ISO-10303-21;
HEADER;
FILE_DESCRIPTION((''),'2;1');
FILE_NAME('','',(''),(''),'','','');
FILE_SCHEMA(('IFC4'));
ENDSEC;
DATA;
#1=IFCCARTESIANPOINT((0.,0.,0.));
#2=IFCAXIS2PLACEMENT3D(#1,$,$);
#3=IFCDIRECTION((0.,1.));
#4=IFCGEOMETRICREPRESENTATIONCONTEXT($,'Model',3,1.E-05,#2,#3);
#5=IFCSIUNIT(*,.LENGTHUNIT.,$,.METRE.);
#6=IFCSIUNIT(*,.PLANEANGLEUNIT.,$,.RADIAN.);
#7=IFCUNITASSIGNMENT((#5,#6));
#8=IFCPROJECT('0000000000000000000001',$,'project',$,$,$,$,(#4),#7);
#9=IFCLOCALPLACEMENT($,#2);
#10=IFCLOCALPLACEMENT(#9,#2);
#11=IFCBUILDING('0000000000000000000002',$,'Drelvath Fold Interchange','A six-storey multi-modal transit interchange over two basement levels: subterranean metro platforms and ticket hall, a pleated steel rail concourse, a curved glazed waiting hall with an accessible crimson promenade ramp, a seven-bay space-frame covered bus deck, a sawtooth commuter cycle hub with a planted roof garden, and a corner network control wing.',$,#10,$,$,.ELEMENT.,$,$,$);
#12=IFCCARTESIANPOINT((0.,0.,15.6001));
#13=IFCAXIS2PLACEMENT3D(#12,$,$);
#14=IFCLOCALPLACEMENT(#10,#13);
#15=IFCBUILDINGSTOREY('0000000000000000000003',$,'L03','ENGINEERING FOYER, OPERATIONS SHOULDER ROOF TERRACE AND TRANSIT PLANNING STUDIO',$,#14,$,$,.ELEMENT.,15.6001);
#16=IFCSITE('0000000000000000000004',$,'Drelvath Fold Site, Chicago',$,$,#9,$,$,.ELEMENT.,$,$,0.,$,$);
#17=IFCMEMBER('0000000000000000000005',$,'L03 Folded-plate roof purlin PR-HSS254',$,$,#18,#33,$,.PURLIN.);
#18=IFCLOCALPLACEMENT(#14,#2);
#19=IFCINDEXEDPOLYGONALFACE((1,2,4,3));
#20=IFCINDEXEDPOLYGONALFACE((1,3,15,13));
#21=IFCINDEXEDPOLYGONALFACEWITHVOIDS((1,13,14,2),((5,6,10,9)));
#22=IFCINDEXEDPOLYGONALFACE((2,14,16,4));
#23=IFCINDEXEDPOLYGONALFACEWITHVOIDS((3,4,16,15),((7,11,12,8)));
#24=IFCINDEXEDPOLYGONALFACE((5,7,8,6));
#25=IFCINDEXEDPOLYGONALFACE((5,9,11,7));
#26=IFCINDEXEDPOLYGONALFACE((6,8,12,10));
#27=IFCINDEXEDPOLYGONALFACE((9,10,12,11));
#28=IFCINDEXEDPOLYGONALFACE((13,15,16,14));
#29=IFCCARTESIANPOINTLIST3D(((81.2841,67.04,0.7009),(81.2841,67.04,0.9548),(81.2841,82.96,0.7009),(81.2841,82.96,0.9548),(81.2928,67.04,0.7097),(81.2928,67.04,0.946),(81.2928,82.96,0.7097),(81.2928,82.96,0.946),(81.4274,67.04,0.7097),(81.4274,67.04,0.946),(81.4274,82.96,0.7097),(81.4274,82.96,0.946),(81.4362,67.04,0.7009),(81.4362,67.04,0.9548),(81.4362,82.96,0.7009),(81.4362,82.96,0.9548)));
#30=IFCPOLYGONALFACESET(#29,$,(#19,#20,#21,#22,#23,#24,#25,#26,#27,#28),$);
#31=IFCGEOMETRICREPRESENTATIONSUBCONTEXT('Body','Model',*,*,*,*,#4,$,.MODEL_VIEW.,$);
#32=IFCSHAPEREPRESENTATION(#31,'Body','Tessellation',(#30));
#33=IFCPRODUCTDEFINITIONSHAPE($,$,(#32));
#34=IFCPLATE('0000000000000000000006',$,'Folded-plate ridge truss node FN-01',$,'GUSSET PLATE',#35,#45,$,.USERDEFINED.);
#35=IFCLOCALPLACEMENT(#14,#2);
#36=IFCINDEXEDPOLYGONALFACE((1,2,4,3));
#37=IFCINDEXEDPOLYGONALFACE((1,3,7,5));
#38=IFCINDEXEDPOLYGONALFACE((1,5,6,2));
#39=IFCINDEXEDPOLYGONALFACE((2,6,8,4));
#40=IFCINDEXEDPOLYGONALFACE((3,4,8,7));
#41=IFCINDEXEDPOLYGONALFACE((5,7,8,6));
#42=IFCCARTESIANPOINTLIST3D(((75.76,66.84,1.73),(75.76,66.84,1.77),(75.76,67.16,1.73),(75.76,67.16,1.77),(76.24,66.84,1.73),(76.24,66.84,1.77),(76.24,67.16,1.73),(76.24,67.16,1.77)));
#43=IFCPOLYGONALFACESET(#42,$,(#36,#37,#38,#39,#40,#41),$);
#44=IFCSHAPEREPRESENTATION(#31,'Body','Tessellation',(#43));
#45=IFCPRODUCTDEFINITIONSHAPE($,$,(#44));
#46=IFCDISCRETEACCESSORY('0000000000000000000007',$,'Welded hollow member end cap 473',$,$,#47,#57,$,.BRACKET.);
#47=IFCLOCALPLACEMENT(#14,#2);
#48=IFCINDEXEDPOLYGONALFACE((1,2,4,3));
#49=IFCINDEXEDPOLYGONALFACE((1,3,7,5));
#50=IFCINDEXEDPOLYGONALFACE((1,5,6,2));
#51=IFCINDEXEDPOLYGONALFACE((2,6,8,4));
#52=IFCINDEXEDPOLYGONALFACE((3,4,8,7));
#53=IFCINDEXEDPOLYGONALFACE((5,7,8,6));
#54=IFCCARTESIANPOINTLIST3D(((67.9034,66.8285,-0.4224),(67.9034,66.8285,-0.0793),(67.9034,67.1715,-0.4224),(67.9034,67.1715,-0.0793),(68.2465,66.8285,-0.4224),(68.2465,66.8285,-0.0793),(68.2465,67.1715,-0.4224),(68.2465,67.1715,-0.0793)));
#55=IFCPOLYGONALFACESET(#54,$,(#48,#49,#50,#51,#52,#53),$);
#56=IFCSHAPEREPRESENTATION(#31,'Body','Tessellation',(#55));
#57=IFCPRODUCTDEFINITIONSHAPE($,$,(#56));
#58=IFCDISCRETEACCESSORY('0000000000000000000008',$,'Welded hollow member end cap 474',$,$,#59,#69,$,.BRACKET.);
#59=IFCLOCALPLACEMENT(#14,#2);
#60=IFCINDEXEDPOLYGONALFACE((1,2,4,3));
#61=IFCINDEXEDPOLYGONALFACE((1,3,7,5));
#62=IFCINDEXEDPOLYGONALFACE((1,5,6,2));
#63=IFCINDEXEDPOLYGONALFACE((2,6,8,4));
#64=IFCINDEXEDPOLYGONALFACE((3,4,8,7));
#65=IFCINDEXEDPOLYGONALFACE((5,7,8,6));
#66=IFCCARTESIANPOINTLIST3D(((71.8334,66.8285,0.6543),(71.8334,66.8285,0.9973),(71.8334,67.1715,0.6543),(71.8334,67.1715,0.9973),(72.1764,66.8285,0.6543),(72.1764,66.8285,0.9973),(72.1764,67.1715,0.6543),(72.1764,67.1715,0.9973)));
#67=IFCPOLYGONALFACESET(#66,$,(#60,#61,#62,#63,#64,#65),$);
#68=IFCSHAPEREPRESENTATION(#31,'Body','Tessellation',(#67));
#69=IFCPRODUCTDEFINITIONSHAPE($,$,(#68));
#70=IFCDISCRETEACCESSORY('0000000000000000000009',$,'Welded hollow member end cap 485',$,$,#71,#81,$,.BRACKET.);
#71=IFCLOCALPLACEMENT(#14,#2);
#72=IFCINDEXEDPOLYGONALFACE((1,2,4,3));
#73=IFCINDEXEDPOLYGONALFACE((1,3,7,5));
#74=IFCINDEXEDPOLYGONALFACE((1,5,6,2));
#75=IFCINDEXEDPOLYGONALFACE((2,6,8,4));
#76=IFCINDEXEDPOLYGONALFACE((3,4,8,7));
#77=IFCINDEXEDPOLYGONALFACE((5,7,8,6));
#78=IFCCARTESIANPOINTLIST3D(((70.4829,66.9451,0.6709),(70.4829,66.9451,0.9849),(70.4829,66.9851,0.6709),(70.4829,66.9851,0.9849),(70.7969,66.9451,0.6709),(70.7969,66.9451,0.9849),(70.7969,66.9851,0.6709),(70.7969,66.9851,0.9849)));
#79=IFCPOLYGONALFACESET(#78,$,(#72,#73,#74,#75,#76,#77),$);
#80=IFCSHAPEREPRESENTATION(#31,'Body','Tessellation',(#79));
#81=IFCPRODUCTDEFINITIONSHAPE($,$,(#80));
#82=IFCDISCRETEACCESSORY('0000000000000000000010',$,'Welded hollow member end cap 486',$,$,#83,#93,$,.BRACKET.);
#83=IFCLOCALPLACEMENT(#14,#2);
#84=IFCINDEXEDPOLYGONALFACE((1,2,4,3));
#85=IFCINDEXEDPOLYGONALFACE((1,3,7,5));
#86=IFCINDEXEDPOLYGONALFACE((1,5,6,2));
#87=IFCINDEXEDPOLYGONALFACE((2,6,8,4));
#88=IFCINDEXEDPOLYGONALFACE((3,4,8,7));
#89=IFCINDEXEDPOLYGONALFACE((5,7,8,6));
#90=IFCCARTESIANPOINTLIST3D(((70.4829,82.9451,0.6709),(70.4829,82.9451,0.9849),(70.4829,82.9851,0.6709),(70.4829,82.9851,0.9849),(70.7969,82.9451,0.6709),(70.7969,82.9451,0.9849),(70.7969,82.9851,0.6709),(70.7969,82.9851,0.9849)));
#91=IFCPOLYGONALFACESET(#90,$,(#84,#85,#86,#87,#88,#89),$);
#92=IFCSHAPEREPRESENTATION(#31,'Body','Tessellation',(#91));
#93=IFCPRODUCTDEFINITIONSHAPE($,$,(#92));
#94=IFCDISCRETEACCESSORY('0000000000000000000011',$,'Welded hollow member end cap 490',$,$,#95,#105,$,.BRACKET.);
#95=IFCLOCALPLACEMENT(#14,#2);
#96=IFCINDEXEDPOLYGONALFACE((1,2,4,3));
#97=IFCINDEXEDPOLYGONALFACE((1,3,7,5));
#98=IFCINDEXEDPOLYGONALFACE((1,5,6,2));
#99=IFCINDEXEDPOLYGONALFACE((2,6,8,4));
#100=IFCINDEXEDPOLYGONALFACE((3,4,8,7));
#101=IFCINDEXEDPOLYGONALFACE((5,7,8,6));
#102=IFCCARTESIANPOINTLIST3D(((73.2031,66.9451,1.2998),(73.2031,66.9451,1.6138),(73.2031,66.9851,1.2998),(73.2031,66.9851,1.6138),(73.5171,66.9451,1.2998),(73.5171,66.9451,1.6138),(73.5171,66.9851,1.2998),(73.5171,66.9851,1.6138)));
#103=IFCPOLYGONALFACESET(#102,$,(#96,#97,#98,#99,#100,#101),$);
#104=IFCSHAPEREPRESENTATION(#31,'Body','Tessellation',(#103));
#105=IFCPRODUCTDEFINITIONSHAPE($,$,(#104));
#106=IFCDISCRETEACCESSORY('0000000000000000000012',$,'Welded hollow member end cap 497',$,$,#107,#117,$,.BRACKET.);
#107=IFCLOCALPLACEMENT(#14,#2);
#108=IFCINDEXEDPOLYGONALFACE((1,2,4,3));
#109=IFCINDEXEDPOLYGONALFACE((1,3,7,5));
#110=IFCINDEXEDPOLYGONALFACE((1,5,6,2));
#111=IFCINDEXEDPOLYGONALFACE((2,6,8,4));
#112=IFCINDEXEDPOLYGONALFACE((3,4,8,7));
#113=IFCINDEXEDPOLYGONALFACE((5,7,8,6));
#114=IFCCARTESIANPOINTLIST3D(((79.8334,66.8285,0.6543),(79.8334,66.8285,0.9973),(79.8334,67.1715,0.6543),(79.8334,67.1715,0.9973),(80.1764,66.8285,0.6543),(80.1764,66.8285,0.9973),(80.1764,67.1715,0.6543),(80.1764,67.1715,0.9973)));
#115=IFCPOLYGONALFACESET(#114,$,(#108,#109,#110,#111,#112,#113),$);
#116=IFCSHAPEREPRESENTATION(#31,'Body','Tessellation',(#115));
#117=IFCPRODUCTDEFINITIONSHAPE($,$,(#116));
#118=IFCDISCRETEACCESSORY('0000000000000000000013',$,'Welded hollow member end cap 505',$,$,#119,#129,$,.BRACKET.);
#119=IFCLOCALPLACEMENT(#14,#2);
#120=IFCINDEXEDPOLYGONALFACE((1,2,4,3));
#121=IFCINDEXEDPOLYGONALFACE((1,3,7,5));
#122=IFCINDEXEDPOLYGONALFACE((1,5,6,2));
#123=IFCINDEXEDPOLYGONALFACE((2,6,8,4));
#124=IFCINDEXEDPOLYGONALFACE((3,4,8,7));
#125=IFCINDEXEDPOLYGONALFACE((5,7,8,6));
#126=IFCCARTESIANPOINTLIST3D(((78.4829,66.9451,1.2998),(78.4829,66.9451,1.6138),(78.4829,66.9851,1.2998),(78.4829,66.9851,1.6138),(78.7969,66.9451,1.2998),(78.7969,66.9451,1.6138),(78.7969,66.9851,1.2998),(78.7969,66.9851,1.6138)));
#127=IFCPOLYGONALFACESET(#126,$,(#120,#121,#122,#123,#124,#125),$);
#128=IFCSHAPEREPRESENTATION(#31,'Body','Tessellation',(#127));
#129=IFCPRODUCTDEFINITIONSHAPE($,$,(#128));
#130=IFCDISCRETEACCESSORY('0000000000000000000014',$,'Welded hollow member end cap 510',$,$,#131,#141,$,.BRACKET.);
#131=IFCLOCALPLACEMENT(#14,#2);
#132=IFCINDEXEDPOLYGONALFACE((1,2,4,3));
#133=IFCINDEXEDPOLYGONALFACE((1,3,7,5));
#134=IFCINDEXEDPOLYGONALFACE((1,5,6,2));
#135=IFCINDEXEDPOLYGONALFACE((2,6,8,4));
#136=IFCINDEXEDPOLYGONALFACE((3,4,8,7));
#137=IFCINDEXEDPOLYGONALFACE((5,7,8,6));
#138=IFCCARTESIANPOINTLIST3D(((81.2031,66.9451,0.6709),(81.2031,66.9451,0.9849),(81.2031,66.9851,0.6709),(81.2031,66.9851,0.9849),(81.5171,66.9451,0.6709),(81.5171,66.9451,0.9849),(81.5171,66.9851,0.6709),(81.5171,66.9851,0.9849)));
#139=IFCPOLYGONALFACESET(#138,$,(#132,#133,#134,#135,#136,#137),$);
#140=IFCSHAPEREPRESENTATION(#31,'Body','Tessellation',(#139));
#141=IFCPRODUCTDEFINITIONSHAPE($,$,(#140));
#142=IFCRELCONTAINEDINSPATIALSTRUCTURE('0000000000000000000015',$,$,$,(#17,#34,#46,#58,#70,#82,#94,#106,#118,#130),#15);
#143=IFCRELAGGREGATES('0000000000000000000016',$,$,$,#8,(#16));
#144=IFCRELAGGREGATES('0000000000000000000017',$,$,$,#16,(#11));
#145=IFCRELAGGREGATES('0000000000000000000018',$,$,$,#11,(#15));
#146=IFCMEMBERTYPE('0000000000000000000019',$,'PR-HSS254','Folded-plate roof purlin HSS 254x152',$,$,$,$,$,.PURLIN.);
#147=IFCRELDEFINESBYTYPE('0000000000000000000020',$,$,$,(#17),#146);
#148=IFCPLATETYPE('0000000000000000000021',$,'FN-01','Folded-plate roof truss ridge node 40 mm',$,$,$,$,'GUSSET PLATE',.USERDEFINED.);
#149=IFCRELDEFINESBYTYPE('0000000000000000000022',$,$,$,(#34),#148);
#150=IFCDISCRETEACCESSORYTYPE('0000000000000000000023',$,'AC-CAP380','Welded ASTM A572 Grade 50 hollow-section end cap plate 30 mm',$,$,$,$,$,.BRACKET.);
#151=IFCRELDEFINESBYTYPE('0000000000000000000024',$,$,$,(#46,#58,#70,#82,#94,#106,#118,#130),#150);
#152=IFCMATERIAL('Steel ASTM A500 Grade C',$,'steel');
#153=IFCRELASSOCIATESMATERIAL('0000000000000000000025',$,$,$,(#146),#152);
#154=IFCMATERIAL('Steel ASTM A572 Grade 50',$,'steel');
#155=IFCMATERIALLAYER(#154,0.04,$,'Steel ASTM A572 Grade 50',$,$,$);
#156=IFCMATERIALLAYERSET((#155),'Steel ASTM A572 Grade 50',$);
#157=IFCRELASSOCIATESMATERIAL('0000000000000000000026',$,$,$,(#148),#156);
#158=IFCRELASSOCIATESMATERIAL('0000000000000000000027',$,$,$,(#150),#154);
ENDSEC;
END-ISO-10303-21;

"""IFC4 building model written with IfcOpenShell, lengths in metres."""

from ifc_helpers import new_model, si_unit, direction, frame, origin, origin_2d, place, context, subcontext, project, spatial, rectangle, hollow_rectangle, extrude, material, layer, layer_set, material_profile, profile_set, type_object, element, save


model = new_model("IFC4")

# Units and contexts
model_context = context("Model", 3, precision=1e-05, world=origin(), true_north=direction((0.0, 1.0)))
body_context = subcontext(model_context, "Body", "Model", "MODEL_VIEW")
ifc_project = project(units=[si_unit("LENGTHUNIT", "METRE"), si_unit("PLANEANGLEUNIT", "RADIAN")], contexts=[model_context])

# Site, building, storey
site_placement = place(None, origin())
site = spatial("IfcSite", under=ifc_project, at=site_placement, Name="Drelvath Fold Site, Chicago", CompositionType="ELEMENT", RefElevation=0.0)
building_placement = place(site_placement, origin())
building = spatial("IfcBuilding", under=site, at=building_placement, Name="Drelvath Fold Interchange", Description="A six-storey multi-modal transit interchange over two basement levels: subterranean metro platforms and ticket hall, a pleated steel rail concourse, a curved glazed waiting hall with an accessible crimson promenade ramp, a seven-bay space-frame covered bus deck, a sawtooth commuter cycle hub with a planted roof garden, and a corner network control wing.", CompositionType="ELEMENT")
storey_placement = place(building_placement, frame((0.0, 0.0, 15.6001)))
storey = spatial("IfcBuildingStorey", under=building, at=storey_placement, Name="L03", Description="ENGINEERING FOYER, OPERATIONS SHOULDER ROOF TERRACE AND TRANSIT PLANNING STUDIO", CompositionType="ELEMENT", Elevation=15.6001)

# Member
ifc_material_1 = material(Name="Steel ASTM A500 Grade C", Category="steel")
ifc_material_profile_1 = material_profile(ifc_material_1, hollow_rectangle(XDim=0.1521, YDim=0.2539, WallThickness=0.0088, at=origin_2d()), Name="HSS10X6X3/8")
ifc_profile_set_1 = profile_set([ifc_material_profile_1], Name="Steel ASTM A500 Grade C")
member_type_1 = type_object("IfcMemberType", Name="PR-HSS254", Description="Folded-plate roof purlin HSS 254x152", PredefinedType="PURLIN", material=ifc_profile_set_1)
member_1_placement = place(storey_placement, frame((81.3601, 67.04, 0.8279), z_axis=(0.0, 1.0, 0.0), x_axis=(-1.0, 0.0, 0.0)))
element("IfcMember", 1, at=member_1_placement, inside=storey, type_object=member_type_1, Name="L03 Folded-plate roof purlin PR-HSS254", PredefinedType="PURLIN", context=body_context, shape_type="SweptSolid", body=[
    extrude(hollow_rectangle(XDim=0.1521, YDim=0.2539, WallThickness=0.0088, at=origin_2d()), origin(), (0.0, 0.0, 1.0), 15.9199),
])

# Plate
ifc_material_2 = material(Name="Steel ASTM A572 Grade 50", Category="steel")
ifc_layer = layer(ifc_material_2, 0.04, Name="Steel ASTM A572 Grade 50")
ifc_layer_set = layer_set([ifc_layer], Name="Steel ASTM A572 Grade 50")
plate_type = type_object("IfcPlateType", Name="FN-01", Description="Folded-plate roof truss ridge node 40 mm", ElementType="GUSSET PLATE", PredefinedType="USERDEFINED", material=ifc_layer_set)
plate_placement = place(storey_placement, frame((76.0, 67.0, 1.73), z_axis=(0.0, 0.0, 1.0), x_axis=(1.0, 0.0, 0.0)))
element("IfcPlate", 2, at=plate_placement, inside=storey, type_object=plate_type, Name="Folded-plate ridge truss node FN-01", ObjectType="GUSSET PLATE", PredefinedType="USERDEFINED", context=body_context, shape_type="SweptSolid", body=[
    extrude(rectangle(XDim=0.48, YDim=0.3201, at=origin_2d()), origin(), (0.0, 0.0, 1.0), 0.04),
])

# Discrete accessories
discrete_accessory_type = type_object("IfcDiscreteAccessoryType", Name="AC-CAP380", Description="Welded ASTM A572 Grade 50 hollow-section end cap plate 30 mm", PredefinedType="BRACKET", material=ifc_material_2)
for number, where, z_axis, x_axis, name in (
    (3, (68.075, 67.0, -0.4224), (0.0, 0.0, 1.0), (1.0, 0.0, 0.0), "Welded hollow member end cap 473"),
    (4, (72.0049, 67.0, 0.6543), (0.0, 0.0, 1.0), (1.0, 0.0, 0.0), "Welded hollow member end cap 474"),
):
    element("IfcDiscreteAccessory", number, at=place(storey_placement, frame(where, z_axis=z_axis, x_axis=x_axis)), inside=storey, type_object=discrete_accessory_type, Name=name, PredefinedType="BRACKET", context=body_context, shape_type="SweptSolid", body=[
        extrude(rectangle(XDim=0.343, YDim=0.343, at=origin_2d()), origin(), (0.0, 0.0, 1.0), 0.343),
    ])
for number, where, z_axis, x_axis, name in (
    (5, (70.6399, 66.9651, 0.6709), (0.0, 0.0, 1.0), (1.0, 0.0, 0.0), "Welded hollow member end cap 485"),
    (6, (70.6399, 82.9651, 0.6709), (0.0, 0.0, 1.0), (1.0, 0.0, 0.0), "Welded hollow member end cap 486"),
    (7, (73.3601, 66.9651, 1.2998), (0.0, 0.0, 1.0), (1.0, 0.0, 0.0), "Welded hollow member end cap 490"),
):
    element("IfcDiscreteAccessory", number, at=place(storey_placement, frame(where, z_axis=z_axis, x_axis=x_axis)), inside=storey, type_object=discrete_accessory_type, Name=name, PredefinedType="BRACKET", context=body_context, shape_type="SweptSolid", body=[
        extrude(rectangle(XDim=0.314, YDim=0.04, at=origin_2d()), origin(), (0.0, 0.0, 1.0), 0.314),
    ])
discrete_accessory_placement = place(storey_placement, frame((80.0049, 67.0, 0.6543), z_axis=(0.0, 0.0, 1.0), x_axis=(1.0, 0.0, 0.0)))
element("IfcDiscreteAccessory", 8, at=discrete_accessory_placement, inside=storey, type_object=discrete_accessory_type, Name="Welded hollow member end cap 497", PredefinedType="BRACKET", context=body_context, shape_type="SweptSolid", body=[
    extrude(rectangle(XDim=0.343, YDim=0.343, at=origin_2d()), origin(), (0.0, 0.0, 1.0), 0.343),
])
for number, where, z_axis, x_axis, name in (
    (9, (78.6399, 66.9651, 1.2998), (0.0, 0.0, 1.0), (1.0, 0.0, 0.0), "Welded hollow member end cap 505"),
    (10, (81.3601, 66.9651, 0.6709), (0.0, 0.0, 1.0), (1.0, 0.0, 0.0), "Welded hollow member end cap 510"),
):
    element("IfcDiscreteAccessory", number, at=place(storey_placement, frame(where, z_axis=z_axis, x_axis=x_axis)), inside=storey, type_object=discrete_accessory_type, Name=name, PredefinedType="BRACKET", context=body_context, shape_type="SweptSolid", body=[
        extrude(rectangle(XDim=0.314, YDim=0.04, at=origin_2d()), origin(), (0.0, 0.0, 1.0), 0.314),
    ])

save(model, "model.ifc")
